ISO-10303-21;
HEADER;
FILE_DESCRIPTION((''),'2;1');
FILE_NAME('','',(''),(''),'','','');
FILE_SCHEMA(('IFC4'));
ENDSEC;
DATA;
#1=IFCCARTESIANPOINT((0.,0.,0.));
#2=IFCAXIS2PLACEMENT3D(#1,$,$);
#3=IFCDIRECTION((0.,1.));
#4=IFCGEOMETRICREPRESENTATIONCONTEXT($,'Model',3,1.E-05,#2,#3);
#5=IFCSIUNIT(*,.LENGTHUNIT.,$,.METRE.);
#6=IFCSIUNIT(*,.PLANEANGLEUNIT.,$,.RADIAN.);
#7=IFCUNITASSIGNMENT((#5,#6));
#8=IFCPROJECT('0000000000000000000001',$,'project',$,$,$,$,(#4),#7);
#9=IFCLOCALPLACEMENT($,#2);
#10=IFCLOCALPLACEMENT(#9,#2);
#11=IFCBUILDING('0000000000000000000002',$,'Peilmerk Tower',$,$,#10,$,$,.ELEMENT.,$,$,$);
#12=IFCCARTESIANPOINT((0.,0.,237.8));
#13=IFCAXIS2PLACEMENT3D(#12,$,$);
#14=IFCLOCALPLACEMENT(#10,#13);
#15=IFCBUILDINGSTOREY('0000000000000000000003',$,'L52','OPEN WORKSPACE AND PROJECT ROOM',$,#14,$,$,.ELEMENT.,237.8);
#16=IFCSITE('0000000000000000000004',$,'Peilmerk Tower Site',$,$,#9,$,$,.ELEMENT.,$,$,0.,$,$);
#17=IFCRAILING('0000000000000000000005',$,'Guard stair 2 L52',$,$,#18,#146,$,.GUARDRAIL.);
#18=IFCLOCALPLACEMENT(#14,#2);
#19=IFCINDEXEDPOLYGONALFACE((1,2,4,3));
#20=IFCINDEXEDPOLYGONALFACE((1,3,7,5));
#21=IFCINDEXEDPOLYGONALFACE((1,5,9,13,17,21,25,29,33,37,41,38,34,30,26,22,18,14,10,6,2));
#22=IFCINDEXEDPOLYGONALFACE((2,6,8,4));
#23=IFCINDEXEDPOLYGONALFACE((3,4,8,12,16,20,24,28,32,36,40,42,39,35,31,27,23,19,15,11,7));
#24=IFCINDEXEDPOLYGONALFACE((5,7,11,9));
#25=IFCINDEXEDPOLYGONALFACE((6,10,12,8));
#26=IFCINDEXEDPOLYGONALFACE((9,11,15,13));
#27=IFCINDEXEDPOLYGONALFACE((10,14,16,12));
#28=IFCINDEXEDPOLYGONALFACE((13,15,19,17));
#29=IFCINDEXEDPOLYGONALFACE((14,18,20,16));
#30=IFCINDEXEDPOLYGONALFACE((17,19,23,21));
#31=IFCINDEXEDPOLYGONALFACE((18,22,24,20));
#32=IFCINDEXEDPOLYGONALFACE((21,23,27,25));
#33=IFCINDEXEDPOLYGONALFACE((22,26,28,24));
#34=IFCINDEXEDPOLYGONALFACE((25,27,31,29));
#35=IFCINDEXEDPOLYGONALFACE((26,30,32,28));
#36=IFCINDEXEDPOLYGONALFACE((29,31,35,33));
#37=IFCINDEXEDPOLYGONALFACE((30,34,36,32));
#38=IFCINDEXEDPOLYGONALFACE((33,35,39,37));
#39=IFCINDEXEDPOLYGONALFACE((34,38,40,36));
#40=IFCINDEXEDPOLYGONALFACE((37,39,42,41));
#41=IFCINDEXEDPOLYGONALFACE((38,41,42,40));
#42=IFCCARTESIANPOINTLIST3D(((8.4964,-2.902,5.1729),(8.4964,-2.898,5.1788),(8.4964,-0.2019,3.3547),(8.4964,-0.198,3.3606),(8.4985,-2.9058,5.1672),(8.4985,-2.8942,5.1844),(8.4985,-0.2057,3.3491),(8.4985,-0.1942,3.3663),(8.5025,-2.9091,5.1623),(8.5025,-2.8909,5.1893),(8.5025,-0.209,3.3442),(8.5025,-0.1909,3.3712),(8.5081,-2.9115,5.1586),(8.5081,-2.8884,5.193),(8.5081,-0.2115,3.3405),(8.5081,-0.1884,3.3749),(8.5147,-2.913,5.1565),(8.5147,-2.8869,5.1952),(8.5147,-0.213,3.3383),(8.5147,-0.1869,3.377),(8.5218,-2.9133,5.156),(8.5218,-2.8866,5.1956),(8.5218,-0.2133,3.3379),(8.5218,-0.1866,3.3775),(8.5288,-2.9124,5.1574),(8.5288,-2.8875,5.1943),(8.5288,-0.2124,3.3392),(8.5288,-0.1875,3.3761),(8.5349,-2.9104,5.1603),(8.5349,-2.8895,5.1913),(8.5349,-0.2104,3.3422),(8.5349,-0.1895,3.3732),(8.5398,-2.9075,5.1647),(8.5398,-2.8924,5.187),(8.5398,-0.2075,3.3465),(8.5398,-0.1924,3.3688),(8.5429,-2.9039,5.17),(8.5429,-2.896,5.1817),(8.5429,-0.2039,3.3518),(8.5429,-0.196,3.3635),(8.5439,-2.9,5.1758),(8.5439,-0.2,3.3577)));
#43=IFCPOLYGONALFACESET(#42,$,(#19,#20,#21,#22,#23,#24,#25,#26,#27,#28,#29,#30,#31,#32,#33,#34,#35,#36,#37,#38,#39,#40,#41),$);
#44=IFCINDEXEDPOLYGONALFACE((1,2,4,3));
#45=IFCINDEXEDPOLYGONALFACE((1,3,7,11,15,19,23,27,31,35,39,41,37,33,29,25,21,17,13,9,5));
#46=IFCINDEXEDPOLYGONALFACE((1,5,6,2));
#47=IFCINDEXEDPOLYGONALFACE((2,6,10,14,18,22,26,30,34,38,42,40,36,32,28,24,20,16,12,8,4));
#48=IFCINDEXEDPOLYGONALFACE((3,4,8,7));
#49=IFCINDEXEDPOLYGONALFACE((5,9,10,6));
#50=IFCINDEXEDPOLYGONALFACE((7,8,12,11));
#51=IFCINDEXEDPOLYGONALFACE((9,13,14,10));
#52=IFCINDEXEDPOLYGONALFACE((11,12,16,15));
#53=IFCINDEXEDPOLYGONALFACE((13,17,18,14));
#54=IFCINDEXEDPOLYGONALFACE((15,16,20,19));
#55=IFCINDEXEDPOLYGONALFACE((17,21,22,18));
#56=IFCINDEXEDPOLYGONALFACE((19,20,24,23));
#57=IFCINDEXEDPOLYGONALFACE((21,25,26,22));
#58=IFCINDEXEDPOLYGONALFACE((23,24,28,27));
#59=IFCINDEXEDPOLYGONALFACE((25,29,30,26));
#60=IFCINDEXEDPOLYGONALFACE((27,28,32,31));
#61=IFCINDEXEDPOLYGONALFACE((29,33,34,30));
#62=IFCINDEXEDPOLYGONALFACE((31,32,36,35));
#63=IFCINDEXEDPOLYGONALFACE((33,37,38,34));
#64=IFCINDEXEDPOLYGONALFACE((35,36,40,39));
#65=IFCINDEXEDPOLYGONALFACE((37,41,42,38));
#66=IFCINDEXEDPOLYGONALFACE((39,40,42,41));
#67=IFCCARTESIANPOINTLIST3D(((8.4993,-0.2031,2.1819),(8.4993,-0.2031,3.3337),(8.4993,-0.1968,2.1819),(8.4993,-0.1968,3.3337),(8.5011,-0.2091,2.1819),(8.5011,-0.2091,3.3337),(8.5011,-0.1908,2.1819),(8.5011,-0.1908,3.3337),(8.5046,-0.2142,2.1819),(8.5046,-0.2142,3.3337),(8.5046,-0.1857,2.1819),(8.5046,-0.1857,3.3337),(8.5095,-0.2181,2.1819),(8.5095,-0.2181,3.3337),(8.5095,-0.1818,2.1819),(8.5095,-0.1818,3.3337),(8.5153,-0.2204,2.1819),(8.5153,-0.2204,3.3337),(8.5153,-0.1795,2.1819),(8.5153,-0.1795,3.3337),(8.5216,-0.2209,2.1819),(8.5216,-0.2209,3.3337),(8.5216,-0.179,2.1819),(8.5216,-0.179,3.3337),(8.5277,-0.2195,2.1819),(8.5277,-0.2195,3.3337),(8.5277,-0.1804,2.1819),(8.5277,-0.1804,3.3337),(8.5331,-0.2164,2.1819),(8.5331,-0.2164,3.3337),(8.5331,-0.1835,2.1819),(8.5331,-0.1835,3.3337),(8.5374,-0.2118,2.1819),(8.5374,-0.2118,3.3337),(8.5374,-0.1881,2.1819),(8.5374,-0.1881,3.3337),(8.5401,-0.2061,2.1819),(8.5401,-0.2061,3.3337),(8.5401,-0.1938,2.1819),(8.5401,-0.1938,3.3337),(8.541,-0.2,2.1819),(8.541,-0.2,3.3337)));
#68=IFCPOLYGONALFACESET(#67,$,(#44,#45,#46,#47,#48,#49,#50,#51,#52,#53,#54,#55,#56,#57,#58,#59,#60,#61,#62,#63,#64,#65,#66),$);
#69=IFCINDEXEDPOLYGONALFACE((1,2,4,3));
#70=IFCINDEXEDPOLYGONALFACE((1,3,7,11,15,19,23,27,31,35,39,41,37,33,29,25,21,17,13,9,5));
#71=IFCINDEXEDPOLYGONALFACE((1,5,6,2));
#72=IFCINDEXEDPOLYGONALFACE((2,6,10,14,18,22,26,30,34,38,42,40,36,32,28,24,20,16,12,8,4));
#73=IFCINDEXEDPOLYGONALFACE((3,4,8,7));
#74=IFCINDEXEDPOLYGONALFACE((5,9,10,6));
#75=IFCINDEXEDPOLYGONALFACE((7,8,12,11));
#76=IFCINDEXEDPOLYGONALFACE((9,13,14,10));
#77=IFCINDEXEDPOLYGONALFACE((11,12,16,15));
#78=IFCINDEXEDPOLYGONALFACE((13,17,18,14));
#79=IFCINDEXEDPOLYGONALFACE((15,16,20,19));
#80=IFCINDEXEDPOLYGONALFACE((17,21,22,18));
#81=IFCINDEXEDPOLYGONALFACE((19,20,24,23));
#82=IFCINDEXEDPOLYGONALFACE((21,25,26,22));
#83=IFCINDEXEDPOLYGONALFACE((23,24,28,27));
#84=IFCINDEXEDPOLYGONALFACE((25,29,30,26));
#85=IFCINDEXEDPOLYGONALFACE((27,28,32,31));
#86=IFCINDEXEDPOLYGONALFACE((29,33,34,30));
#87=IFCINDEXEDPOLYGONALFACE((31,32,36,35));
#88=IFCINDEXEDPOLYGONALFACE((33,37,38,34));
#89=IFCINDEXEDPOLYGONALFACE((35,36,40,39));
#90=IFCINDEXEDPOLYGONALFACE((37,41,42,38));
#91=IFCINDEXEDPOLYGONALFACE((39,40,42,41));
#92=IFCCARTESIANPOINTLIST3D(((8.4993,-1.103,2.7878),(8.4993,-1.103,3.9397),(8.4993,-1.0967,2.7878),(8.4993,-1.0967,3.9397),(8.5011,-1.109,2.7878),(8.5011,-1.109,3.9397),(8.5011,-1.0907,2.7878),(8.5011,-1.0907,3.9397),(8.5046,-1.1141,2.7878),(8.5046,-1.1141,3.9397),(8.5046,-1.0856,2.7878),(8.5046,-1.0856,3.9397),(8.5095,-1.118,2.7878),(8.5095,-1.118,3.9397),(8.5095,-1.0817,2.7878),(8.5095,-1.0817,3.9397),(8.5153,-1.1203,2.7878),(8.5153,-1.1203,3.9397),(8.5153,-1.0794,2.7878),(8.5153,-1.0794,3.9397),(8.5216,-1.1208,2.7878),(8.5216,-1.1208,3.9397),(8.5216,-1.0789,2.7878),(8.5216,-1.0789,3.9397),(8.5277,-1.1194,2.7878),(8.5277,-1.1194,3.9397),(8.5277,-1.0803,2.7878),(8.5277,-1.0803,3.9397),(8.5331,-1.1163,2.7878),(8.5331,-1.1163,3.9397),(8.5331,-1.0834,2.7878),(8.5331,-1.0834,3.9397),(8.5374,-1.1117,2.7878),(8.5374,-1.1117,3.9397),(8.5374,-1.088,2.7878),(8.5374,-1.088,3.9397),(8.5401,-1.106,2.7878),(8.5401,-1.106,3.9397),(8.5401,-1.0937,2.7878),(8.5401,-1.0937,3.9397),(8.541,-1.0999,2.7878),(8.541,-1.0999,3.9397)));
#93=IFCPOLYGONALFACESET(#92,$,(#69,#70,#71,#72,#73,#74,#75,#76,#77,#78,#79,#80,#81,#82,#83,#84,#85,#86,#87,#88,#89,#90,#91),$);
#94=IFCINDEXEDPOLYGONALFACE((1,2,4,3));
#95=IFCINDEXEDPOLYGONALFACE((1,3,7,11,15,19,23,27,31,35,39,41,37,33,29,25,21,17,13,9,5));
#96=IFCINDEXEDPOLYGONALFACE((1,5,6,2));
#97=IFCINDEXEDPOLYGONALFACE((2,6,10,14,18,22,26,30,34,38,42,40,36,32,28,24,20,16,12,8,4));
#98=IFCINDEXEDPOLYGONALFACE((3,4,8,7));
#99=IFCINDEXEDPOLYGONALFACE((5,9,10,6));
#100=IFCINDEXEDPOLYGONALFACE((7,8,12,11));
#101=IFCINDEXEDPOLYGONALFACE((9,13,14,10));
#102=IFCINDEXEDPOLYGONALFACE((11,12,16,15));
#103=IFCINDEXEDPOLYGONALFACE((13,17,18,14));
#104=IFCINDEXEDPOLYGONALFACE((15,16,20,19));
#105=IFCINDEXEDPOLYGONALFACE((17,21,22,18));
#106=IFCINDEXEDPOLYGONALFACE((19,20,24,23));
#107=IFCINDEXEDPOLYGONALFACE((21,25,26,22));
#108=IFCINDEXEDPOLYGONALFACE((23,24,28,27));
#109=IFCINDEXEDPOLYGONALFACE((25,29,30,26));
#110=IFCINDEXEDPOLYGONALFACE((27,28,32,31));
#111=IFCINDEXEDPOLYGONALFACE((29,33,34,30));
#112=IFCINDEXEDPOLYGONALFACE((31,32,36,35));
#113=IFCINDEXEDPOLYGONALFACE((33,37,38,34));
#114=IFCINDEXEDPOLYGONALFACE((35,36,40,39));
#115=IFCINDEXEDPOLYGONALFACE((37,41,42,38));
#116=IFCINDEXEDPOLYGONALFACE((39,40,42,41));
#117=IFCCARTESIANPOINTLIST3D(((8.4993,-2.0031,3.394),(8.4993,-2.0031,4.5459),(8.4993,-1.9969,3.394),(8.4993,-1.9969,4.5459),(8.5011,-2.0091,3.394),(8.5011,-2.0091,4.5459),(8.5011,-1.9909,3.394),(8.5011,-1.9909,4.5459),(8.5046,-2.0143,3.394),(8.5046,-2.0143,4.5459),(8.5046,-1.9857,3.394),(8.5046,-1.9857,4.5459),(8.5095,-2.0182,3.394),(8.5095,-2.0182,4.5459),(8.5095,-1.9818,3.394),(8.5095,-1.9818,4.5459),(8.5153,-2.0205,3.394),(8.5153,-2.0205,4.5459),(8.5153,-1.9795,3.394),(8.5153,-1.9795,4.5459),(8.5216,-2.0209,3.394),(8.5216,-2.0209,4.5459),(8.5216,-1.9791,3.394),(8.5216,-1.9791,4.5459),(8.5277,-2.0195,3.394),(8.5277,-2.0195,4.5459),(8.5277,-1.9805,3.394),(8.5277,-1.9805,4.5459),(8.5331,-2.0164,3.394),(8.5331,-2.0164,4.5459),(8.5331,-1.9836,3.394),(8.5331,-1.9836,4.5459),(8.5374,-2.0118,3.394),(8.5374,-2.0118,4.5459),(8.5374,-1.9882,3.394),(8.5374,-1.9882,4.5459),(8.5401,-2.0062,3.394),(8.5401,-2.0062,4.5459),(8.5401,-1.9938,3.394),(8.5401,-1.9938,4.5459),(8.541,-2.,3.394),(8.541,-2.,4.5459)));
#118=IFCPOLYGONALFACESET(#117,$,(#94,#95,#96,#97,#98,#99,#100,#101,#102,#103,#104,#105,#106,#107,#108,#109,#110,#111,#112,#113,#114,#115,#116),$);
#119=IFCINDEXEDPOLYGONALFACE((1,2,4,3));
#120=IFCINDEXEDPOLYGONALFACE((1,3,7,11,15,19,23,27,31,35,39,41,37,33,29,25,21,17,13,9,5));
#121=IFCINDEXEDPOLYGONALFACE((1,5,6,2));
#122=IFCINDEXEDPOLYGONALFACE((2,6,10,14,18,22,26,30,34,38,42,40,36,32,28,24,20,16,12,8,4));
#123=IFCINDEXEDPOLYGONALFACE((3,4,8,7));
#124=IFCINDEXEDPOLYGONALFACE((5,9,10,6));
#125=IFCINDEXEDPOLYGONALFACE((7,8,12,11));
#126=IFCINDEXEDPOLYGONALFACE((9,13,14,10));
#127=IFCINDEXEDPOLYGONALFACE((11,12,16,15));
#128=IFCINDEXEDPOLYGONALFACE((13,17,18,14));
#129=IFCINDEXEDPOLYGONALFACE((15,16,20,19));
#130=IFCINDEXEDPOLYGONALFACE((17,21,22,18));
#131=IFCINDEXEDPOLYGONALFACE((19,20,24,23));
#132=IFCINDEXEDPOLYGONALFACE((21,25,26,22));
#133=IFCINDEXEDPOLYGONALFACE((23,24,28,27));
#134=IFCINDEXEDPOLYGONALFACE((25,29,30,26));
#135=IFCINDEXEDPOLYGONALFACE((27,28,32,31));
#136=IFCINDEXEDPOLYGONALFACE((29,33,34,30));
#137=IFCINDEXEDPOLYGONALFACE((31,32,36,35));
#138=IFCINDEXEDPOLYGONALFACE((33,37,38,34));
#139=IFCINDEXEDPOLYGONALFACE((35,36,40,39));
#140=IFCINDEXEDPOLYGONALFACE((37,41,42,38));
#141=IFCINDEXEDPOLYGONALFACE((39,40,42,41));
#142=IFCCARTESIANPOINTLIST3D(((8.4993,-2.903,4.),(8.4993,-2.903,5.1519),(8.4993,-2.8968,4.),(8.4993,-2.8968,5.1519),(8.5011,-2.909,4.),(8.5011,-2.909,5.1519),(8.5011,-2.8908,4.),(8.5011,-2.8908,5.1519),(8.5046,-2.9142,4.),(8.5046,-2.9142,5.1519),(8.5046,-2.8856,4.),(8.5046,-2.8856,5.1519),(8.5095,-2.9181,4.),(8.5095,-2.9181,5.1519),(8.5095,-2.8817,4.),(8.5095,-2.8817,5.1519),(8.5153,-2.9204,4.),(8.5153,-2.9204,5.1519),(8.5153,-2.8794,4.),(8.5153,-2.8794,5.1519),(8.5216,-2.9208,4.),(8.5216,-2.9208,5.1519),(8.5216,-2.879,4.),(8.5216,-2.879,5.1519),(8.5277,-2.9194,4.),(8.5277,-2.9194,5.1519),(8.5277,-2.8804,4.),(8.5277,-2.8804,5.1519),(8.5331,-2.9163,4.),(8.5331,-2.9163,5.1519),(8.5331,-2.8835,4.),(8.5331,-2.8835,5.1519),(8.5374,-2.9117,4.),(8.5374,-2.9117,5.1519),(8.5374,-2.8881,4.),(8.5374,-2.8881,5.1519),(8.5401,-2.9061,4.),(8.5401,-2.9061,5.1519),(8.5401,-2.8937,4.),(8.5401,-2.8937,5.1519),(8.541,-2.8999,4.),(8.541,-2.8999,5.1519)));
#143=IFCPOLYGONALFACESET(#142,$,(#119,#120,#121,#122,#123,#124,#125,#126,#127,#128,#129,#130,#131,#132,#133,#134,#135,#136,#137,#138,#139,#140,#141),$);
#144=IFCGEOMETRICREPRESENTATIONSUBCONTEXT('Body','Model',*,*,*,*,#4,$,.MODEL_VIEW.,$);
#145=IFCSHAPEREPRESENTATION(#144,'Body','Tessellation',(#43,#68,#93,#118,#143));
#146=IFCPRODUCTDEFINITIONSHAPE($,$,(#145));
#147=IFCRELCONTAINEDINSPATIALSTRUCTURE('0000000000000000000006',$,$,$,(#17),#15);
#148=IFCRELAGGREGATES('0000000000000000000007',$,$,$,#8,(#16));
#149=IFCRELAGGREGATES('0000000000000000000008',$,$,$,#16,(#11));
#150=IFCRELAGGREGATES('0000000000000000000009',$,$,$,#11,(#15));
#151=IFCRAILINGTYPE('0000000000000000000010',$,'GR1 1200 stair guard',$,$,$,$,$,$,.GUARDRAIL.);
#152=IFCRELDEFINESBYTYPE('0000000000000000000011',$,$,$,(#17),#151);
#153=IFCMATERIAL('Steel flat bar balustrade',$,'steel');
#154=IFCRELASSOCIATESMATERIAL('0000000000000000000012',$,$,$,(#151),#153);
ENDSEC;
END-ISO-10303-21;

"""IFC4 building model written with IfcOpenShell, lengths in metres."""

from ifc_helpers import new_model, si_unit, direction, frame, origin, origin_2d, place, context, subcontext, project, spatial, circle, extrude, material, type_object, element, save


model = new_model("IFC4")

# Units and contexts
model_context = context("Model", 3, precision=1e-05, world=origin(), true_north=direction((0.0, 1.0)))
body_context = subcontext(model_context, "Body", "Model", "MODEL_VIEW")
ifc_project = project(units=[si_unit("LENGTHUNIT", "METRE"), si_unit("PLANEANGLEUNIT", "RADIAN")], contexts=[model_context])

# Site, building, storey
site_placement = place(None, origin())
site = spatial("IfcSite", under=ifc_project, at=site_placement, Name="Peilmerk Tower Site", CompositionType="ELEMENT", RefElevation=0.0)
building_placement = place(site_placement, origin())
building = spatial("IfcBuilding", under=site, at=building_placement, Name="Peilmerk Tower", CompositionType="ELEMENT")
storey_placement = place(building_placement, frame((0.0, 0.0, 237.8)))
storey = spatial("IfcBuildingStorey", under=building, at=storey_placement, Name="L52", Description="OPEN WORKSPACE AND PROJECT ROOM", CompositionType="ELEMENT", Elevation=237.8)

# Railing
ifc_material_1 = material(Name="Steel flat bar balustrade", Category="steel")
railing_type_1 = type_object("IfcRailingType", Name="GR1 1200 stair guard", PredefinedType="GUARDRAIL", material=ifc_material_1)
railing_1_placement = place(storey_placement, frame((8.52, -0.2, 2.1819)))
element("IfcRailing", 1, at=railing_1_placement, inside=storey, type_object=railing_type_1, Name="Guard stair 2 L52", PredefinedType="GUARDRAIL", context=body_context, shape_type="SweptSolid", body=[
    extrude(circle(Radius=0.0239, at=origin_2d()), frame((0.0, 0.0, 1.1758), z_axis=(0.0, -0.829468, 0.558554), x_axis=(1.0, 0.0, 0.0)), (0.0, 0.0, 1.0), 3.2551),
    extrude(circle(Radius=0.021, at=origin_2d()), origin(), (0.0, 0.0, 1.0), 1.1519),
    extrude(circle(Radius=0.021, at=origin_2d()), frame((0.0, -0.8999, 0.606)), (0.0, 0.0, 1.0), 1.1519),
    extrude(circle(Radius=0.021, at=origin_2d()), frame((0.0, -1.8, 1.2122)), (0.0, 0.0, 1.0), 1.1519),
    extrude(circle(Radius=0.021, at=origin_2d()), frame((0.0, -2.7, 1.8181)), (0.0, 0.0, 1.0), 1.1519),
])

save(model, "model.ifc")
